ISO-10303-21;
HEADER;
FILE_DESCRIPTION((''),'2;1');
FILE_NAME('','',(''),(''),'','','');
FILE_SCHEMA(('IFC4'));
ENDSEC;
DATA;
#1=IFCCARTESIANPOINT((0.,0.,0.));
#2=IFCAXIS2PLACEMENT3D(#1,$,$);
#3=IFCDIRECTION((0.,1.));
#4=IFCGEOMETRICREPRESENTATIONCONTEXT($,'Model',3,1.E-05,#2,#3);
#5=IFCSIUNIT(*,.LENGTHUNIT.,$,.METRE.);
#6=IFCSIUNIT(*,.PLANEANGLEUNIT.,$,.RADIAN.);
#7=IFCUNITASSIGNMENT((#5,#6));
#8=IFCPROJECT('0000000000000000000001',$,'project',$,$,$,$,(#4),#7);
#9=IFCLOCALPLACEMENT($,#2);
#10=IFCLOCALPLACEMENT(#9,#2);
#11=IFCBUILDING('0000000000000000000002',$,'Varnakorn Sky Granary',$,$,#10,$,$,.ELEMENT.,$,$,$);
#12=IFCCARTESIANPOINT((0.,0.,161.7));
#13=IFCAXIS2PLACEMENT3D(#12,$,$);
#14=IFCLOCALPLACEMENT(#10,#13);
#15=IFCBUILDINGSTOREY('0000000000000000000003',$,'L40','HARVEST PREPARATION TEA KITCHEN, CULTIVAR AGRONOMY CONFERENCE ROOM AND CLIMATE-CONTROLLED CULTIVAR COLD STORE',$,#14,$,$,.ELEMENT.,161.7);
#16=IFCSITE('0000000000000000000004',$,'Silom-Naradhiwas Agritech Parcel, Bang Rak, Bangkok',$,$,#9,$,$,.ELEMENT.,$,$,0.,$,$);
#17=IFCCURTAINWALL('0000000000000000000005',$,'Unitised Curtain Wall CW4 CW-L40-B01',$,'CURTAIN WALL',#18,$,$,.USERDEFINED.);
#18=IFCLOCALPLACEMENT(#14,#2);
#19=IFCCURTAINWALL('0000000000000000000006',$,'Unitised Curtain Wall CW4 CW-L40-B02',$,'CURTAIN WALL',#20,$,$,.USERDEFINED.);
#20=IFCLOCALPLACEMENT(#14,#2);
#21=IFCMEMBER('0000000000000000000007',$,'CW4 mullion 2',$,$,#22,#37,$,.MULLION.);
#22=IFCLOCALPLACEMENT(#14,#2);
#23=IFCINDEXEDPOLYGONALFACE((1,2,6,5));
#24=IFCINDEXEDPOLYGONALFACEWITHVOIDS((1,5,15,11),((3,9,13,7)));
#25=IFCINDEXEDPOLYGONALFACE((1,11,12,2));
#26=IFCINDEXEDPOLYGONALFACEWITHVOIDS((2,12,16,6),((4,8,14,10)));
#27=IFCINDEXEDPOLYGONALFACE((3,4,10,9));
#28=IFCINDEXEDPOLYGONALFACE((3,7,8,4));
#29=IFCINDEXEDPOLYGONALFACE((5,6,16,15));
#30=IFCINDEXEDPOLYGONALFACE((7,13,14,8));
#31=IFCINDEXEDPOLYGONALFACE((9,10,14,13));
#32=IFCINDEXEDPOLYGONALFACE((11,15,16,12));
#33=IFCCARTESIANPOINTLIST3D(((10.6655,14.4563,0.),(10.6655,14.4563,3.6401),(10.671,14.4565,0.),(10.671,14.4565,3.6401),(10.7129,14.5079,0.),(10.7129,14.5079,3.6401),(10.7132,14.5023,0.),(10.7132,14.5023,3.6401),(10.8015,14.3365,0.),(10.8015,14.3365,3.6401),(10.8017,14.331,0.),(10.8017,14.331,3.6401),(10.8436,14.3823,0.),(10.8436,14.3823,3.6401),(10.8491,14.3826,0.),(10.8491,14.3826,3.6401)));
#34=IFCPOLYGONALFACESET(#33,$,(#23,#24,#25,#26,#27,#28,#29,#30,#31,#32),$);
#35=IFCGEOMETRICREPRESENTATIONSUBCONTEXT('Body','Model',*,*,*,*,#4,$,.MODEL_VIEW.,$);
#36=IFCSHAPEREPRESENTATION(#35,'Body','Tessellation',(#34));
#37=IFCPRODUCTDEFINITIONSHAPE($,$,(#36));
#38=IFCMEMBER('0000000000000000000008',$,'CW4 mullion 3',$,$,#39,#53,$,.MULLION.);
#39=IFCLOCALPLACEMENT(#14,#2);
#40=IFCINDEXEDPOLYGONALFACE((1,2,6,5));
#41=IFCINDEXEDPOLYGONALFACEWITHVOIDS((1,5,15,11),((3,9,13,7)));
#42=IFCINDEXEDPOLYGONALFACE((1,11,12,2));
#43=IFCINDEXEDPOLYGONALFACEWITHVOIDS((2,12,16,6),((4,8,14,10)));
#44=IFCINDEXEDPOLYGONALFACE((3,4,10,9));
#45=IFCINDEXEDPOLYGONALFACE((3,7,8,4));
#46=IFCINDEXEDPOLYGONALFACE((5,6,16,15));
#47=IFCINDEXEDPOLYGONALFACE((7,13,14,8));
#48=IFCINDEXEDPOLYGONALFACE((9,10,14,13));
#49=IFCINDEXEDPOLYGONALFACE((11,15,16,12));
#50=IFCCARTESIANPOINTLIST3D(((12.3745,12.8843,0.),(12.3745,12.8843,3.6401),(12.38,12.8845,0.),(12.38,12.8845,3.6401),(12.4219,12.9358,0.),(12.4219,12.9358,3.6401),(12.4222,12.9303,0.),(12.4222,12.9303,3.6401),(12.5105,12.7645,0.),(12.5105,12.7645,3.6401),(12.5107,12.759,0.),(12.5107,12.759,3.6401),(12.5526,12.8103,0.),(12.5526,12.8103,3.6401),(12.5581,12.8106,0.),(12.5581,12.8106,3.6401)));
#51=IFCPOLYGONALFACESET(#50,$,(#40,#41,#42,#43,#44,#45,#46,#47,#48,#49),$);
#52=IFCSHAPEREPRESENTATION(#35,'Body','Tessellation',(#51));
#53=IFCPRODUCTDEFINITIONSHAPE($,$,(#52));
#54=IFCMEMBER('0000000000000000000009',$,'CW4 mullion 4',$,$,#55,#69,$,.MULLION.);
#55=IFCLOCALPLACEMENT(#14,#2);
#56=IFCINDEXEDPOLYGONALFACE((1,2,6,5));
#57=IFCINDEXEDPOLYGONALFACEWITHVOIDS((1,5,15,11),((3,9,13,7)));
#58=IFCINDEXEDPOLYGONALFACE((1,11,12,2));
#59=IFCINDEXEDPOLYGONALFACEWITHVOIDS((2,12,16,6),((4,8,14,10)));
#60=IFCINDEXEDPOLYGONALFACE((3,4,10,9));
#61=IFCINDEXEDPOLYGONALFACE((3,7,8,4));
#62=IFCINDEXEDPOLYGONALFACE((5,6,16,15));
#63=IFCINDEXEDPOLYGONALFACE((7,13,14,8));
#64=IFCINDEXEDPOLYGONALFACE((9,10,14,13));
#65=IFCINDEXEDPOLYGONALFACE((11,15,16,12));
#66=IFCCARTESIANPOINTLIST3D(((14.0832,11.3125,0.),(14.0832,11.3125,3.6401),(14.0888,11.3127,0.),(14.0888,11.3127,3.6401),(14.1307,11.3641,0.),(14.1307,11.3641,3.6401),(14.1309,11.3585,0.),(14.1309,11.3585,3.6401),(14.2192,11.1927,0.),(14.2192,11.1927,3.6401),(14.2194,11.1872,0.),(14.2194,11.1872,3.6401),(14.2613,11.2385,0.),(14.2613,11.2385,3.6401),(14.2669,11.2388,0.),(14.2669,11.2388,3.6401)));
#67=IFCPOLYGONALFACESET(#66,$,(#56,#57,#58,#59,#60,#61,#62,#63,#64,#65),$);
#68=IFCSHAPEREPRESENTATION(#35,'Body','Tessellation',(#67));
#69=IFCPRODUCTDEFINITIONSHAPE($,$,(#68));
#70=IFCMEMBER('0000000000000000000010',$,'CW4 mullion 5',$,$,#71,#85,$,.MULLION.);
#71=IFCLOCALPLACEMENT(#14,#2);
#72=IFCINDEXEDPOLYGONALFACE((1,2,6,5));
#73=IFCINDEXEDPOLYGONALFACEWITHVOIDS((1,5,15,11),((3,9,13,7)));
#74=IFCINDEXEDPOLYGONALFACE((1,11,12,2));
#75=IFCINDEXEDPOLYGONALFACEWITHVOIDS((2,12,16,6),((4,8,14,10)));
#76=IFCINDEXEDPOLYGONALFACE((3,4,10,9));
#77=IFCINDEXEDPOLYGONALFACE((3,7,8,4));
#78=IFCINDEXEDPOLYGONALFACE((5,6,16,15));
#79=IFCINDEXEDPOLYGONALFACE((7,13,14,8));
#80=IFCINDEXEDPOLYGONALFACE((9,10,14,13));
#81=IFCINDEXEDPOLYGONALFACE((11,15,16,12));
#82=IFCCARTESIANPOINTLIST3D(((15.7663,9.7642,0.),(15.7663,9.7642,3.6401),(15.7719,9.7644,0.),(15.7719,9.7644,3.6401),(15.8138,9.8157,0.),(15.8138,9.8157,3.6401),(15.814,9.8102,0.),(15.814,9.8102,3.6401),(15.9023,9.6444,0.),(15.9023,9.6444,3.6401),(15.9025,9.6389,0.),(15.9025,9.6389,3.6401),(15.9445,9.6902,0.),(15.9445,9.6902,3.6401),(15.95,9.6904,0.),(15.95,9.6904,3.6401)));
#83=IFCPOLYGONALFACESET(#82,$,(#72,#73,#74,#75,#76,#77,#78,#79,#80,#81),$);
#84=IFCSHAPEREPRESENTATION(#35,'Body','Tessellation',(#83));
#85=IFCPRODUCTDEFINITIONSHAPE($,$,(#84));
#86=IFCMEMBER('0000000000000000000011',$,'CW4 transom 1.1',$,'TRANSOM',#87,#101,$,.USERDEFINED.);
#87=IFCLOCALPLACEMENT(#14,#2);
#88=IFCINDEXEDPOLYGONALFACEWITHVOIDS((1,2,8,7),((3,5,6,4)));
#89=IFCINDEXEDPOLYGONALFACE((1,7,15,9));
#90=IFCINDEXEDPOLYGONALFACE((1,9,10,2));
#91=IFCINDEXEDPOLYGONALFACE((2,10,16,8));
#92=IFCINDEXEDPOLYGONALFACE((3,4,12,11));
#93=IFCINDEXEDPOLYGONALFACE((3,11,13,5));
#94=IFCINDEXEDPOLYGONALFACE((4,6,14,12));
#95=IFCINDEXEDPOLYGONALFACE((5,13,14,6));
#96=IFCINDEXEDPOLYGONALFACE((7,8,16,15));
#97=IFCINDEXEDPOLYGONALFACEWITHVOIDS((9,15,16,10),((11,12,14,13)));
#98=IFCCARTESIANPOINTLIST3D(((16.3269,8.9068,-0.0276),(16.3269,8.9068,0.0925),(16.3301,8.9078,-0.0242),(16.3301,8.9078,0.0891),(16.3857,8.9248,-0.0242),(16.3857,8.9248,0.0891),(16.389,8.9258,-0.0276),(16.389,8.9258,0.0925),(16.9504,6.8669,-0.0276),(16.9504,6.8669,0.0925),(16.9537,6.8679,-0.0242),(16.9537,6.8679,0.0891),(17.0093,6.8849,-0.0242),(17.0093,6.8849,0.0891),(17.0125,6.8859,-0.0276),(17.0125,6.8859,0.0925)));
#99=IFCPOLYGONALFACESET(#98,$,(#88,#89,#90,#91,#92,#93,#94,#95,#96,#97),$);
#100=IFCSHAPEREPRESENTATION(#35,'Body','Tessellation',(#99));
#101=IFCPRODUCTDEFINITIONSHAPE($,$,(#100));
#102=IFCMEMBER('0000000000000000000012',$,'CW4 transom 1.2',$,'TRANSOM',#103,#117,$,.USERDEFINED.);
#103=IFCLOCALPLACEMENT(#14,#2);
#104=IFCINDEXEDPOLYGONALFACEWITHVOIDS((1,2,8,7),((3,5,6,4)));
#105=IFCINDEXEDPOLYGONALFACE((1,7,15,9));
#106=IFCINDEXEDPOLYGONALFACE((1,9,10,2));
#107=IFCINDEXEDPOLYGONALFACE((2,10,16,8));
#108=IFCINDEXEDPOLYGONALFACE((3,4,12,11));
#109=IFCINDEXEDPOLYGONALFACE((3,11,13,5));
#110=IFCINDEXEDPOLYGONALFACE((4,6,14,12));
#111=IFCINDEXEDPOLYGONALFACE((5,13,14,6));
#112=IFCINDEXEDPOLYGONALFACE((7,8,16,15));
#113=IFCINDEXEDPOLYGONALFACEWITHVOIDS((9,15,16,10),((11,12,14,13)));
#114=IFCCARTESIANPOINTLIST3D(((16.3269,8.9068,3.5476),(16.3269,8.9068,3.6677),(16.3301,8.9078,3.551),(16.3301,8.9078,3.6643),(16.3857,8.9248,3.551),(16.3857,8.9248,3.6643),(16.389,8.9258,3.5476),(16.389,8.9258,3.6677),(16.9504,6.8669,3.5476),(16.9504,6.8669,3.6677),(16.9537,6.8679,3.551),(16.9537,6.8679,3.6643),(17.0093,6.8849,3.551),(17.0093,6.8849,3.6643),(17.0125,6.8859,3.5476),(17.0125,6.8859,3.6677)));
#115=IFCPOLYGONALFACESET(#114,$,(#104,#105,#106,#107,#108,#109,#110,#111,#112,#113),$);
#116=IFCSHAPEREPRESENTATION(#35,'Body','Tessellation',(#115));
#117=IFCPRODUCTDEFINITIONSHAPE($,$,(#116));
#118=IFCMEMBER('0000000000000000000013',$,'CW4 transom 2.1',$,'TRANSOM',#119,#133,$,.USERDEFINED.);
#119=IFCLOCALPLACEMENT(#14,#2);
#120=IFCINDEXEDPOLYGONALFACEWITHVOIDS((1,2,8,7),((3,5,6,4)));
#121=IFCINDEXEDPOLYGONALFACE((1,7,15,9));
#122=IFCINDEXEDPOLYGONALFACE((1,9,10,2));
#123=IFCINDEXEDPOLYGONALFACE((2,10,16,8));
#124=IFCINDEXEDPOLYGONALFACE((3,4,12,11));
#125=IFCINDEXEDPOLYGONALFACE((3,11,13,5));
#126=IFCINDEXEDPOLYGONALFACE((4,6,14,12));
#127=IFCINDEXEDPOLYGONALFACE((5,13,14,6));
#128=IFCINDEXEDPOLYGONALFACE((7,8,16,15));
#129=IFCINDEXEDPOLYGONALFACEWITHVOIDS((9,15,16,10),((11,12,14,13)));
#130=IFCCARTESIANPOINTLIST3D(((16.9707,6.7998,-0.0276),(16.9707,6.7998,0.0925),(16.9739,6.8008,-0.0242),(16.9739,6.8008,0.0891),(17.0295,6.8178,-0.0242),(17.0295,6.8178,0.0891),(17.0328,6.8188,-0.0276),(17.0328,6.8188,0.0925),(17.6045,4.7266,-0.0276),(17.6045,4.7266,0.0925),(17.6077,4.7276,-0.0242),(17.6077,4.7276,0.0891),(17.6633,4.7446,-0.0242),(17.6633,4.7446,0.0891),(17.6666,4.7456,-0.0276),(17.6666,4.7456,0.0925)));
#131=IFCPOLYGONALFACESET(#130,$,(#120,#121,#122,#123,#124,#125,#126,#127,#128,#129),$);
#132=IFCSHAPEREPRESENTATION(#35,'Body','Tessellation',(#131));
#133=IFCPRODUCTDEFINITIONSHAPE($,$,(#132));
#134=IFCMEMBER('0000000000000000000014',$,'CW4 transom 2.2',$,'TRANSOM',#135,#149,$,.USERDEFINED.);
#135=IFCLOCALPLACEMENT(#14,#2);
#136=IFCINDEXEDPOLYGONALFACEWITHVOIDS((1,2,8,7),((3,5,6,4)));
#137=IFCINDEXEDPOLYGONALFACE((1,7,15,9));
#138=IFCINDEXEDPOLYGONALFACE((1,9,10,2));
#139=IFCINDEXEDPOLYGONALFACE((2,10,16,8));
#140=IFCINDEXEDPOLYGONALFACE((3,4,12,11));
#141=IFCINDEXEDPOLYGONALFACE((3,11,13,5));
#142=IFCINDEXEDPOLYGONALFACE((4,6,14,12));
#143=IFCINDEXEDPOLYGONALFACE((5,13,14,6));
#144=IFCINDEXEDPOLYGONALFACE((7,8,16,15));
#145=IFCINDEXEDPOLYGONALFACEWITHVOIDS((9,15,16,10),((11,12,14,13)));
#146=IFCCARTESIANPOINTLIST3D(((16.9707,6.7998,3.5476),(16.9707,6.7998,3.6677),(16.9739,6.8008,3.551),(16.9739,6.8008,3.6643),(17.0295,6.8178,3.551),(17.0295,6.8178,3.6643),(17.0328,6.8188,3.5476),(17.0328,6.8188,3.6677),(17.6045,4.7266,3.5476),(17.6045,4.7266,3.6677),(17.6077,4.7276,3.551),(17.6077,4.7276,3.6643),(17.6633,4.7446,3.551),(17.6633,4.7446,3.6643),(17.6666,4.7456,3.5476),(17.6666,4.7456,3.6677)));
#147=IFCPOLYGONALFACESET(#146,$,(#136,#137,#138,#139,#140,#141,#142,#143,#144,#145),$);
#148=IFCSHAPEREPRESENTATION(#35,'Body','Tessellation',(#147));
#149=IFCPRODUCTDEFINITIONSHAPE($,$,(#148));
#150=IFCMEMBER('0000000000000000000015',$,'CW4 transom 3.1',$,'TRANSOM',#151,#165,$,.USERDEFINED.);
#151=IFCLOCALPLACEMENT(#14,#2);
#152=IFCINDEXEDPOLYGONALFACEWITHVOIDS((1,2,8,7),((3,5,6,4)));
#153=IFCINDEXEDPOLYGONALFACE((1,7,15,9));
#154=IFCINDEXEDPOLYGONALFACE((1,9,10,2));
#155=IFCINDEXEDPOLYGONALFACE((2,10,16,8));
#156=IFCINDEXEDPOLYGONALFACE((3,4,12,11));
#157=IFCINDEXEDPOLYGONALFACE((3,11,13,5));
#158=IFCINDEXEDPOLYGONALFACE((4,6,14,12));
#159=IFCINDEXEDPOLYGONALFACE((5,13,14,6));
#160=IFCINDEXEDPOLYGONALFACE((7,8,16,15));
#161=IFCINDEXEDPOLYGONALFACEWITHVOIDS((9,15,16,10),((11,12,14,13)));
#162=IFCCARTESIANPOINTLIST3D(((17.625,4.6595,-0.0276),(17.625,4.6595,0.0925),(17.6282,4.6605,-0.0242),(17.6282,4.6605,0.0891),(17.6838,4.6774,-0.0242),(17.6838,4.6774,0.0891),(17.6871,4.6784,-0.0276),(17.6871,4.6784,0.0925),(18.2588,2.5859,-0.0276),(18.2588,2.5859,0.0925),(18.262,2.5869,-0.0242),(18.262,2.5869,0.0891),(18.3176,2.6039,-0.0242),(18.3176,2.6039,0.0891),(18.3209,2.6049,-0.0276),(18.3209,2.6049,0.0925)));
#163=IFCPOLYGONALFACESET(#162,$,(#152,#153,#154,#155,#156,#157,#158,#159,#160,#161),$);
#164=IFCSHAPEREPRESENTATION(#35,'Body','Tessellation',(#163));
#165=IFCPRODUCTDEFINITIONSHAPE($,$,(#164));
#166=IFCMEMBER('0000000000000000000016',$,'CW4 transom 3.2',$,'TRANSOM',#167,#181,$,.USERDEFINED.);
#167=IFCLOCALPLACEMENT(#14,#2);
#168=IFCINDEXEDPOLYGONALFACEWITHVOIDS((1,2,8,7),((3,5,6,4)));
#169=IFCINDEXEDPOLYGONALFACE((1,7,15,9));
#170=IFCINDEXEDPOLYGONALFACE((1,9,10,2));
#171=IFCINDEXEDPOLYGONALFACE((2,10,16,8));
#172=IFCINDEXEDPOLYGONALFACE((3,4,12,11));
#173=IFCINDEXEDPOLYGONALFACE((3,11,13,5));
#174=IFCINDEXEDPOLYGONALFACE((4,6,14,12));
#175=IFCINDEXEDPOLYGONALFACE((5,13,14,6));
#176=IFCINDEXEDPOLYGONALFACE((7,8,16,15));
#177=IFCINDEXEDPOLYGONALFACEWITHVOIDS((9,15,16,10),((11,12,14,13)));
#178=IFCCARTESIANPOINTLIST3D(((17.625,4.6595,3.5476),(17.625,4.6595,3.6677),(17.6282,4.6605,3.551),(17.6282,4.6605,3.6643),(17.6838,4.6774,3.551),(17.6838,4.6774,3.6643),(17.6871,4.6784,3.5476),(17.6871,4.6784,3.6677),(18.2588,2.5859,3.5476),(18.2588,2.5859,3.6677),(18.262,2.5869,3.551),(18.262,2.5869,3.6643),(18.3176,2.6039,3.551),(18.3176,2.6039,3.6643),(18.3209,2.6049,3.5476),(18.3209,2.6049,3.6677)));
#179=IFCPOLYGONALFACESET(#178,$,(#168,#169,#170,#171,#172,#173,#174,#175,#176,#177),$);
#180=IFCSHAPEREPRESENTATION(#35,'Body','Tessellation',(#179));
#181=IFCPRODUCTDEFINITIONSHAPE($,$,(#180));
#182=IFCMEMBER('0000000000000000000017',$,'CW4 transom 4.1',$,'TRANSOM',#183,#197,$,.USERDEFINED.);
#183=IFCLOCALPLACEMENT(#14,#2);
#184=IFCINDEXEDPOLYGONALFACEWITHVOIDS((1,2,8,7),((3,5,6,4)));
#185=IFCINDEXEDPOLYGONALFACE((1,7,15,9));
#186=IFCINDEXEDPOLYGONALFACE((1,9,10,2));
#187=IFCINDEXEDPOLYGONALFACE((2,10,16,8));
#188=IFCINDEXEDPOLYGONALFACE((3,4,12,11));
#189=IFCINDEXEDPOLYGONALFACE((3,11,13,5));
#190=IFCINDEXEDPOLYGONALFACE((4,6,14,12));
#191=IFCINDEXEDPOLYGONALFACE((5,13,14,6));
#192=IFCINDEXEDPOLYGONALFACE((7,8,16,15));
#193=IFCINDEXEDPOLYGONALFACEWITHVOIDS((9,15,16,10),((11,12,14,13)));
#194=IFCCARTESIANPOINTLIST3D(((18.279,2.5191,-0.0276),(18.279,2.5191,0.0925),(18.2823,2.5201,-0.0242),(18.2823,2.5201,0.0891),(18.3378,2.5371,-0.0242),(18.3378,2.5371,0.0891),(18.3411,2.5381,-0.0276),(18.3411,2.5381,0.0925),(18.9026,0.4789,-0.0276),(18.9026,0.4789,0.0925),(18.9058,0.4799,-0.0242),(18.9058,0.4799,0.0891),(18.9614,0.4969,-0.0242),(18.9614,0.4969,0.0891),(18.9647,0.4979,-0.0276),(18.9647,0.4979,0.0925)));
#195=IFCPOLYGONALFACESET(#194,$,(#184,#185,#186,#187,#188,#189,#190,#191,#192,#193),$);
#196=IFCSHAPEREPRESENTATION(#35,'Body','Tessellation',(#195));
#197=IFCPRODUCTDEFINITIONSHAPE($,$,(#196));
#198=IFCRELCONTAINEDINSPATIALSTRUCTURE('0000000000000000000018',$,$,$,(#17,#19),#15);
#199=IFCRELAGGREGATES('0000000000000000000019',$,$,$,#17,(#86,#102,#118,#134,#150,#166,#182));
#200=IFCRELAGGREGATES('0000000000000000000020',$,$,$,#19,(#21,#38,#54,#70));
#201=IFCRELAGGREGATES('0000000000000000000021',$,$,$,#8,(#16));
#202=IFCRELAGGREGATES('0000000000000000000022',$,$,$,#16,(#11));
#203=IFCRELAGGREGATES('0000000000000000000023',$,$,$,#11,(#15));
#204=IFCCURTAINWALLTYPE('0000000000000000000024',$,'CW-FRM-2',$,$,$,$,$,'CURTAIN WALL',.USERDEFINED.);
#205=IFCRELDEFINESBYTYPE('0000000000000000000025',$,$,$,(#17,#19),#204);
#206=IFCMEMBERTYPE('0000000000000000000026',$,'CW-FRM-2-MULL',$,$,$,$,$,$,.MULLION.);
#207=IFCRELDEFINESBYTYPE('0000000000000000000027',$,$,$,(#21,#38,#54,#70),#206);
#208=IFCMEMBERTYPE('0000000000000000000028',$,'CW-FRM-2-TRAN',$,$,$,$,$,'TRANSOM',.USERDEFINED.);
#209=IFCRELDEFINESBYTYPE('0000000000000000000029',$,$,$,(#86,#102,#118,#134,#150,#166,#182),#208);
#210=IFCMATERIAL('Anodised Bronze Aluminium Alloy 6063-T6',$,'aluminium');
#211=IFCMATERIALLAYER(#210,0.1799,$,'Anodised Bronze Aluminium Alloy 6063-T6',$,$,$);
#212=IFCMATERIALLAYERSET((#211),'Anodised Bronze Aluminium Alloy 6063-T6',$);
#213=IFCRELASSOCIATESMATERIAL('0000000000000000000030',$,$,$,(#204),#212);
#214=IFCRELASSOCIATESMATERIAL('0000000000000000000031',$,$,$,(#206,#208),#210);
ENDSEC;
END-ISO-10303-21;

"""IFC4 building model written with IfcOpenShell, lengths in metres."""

from ifc_helpers import new_model, si_unit, direction, frame, origin, origin_2d, place, context, subcontext, project, spatial, hollow_rectangle, extrude, material, layer, layer_set, material_profile, profile_set, type_object, element, aggregate, save


model = new_model("IFC4")

# Units and contexts
model_context = context("Model", 3, precision=1e-05, world=origin(), true_north=direction((0.0, 1.0)))
body_context = subcontext(model_context, "Body", "Model", "MODEL_VIEW")
ifc_project = project(units=[si_unit("LENGTHUNIT", "METRE"), si_unit("PLANEANGLEUNIT", "RADIAN")], contexts=[model_context])

# Site, building, storey
site_placement = place(None, origin())
site = spatial("IfcSite", under=ifc_project, at=site_placement, Name="Silom-Naradhiwas Agritech Parcel, Bang Rak, Bangkok", CompositionType="ELEMENT", RefElevation=0.0)
building_placement = place(site_placement, origin())
building = spatial("IfcBuilding", under=site, at=building_placement, Name="Varnakorn Sky Granary", CompositionType="ELEMENT")
storey_placement = place(building_placement, frame((0.0, 0.0, 161.7)))
storey = spatial("IfcBuildingStorey", under=building, at=storey_placement, Name="L40", Description="HARVEST PREPARATION TEA KITCHEN, CULTIVAR AGRONOMY CONFERENCE ROOM AND CLIMATE-CONTROLLED CULTIVAR COLD STORE", CompositionType="ELEMENT", Elevation=161.7)

# Curtain walls, members
ifc_material_1 = material(Name="Anodised Bronze Aluminium Alloy 6063-T6", Category="aluminium")
ifc_layer_1 = layer(ifc_material_1, 0.1799, Name="Anodised Bronze Aluminium Alloy 6063-T6")
ifc_layer_set_1 = layer_set([ifc_layer_1], Name="Anodised Bronze Aluminium Alloy 6063-T6")
curtain_wall_type = type_object("IfcCurtainWallType", Name="CW-FRM-2", ElementType="CURTAIN WALL", PredefinedType="USERDEFINED", material=ifc_layer_set_1)
curtain_wall_1_placement = place(storey_placement, origin())
curtain_wall_1 = element("IfcCurtainWall", 1, at=curtain_wall_1_placement, inside=storey, type_object=curtain_wall_type, Name="Unitised Curtain Wall CW4 CW-L40-B01", ObjectType="CURTAIN WALL", PredefinedType="USERDEFINED")
ifc_material_profile_1 = material_profile(ifc_material_1, hollow_rectangle(XDim=0.0701, YDim=0.1851, WallThickness=0.0039, at=origin_2d()), Name="ALU MULL 70x185")
ifc_profile_set_1 = profile_set([ifc_material_profile_1], Name="Anodised Bronze Aluminium Alloy 6063-T6")
member_type_1 = type_object("IfcMemberType", Name="CW-FRM-2-MULL", PredefinedType="MULLION", material=ifc_profile_set_1)
curtain_wall_2_placement = place(storey_placement, origin())
curtain_wall_2 = element("IfcCurtainWall", 2, at=curtain_wall_2_placement, inside=storey, type_object=curtain_wall_type, Name="Unitised Curtain Wall CW4 CW-L40-B02", ObjectType="CURTAIN WALL", PredefinedType="USERDEFINED")
member_1_placement = place(storey_placement, frame((10.7573, 14.4194, 0.0), z_axis=(0.0, 0.0, 1.0), x_axis=(0.677011, 0.735973, 0.0)))
member_1 = element("IfcMember", 3, at=member_1_placement, type_object=member_type_1, Name="CW4 mullion 2", PredefinedType="MULLION", context=body_context, shape_type="SweptSolid", body=[
    extrude(hollow_rectangle(XDim=0.0701, YDim=0.1851, WallThickness=0.0039, at=origin_2d()), origin(), (0.0, 0.0, 1.0), 3.6401),
])
member_2_placement = place(storey_placement, frame((12.4663, 12.8474, 0.0), z_axis=(0.0, 0.0, 1.0), x_axis=(0.677011, 0.735973, 0.0)))
member_2 = element("IfcMember", 4, at=member_2_placement, type_object=member_type_1, Name="CW4 mullion 3", PredefinedType="MULLION", context=body_context, shape_type="SweptSolid", body=[
    extrude(hollow_rectangle(XDim=0.0701, YDim=0.1851, WallThickness=0.0039, at=origin_2d()), origin(), (0.0, 0.0, 1.0), 3.6401),
])
member_3_placement = place(storey_placement, frame((14.175, 11.2756, 0.0), z_axis=(0.0, 0.0, 1.0), x_axis=(0.677011, 0.735973, 0.0)))
member_3 = element("IfcMember", 5, at=member_3_placement, type_object=member_type_1, Name="CW4 mullion 4", PredefinedType="MULLION", context=body_context, shape_type="SweptSolid", body=[
    extrude(hollow_rectangle(XDim=0.0701, YDim=0.1851, WallThickness=0.0039, at=origin_2d()), origin(), (0.0, 0.0, 1.0), 3.6401),
])
member_4_placement = place(storey_placement, frame((15.8582, 9.7273, 0.0), z_axis=(0.0, 0.0, 1.0), x_axis=(0.677011, 0.735973, 0.0)))
member_4 = element("IfcMember", 6, at=member_4_placement, type_object=member_type_1, Name="CW4 mullion 5", PredefinedType="MULLION", context=body_context, shape_type="SweptSolid", body=[
    extrude(hollow_rectangle(XDim=0.0701, YDim=0.1851, WallThickness=0.0039, at=origin_2d()), origin(), (0.0, 0.0, 1.0), 3.6401),
])

# Members
ifc_material_profile_2 = material_profile(ifc_material_1, hollow_rectangle(XDim=0.0649, YDim=0.1201, WallThickness=0.0034, at=origin_2d()), Name="ALU TRAN 65x120")
ifc_profile_set_2 = profile_set([ifc_material_profile_2], Name="Anodised Bronze Aluminium Alloy 6063-T6")
member_type_2 = type_object("IfcMemberType", Name="CW-FRM-2-TRAN", ElementType="TRANSOM", PredefinedType="USERDEFINED", material=ifc_profile_set_2)
member_5_placement = place(storey_placement, frame((16.3579, 8.9163, 0.0325), z_axis=(0.292332, -0.956317, 0.0), x_axis=(0.956317, 0.292332, 0.0)))
member_5 = element("IfcMember", 7, at=member_5_placement, type_object=member_type_2, Name="CW4 transom 1.1", ObjectType="TRANSOM", PredefinedType="USERDEFINED", context=body_context, shape_type="SweptSolid", body=[
    extrude(hollow_rectangle(XDim=0.0649, YDim=0.1201, WallThickness=0.0034, at=origin_2d()), origin(), (0.0, 0.0, 1.0), 2.1331),
])
member_6_placement = place(storey_placement, frame((16.3579, 8.9163, 3.6077), z_axis=(0.292332, -0.956317, 0.0), x_axis=(0.956317, 0.292332, 0.0)))
member_6 = element("IfcMember", 8, at=member_6_placement, type_object=member_type_2, Name="CW4 transom 1.2", ObjectType="TRANSOM", PredefinedType="USERDEFINED", context=body_context, shape_type="SweptSolid", body=[
    extrude(hollow_rectangle(XDim=0.0649, YDim=0.1201, WallThickness=0.0034, at=origin_2d()), origin(), (0.0, 0.0, 1.0), 2.1331),
])
member_7_placement = place(storey_placement, frame((17.0017, 6.8093, 0.0325), z_axis=(0.292344, -0.956313, 0.0), x_axis=(0.956313, 0.292344, 0.0)))
member_7 = element("IfcMember", 9, at=member_7_placement, type_object=member_type_2, Name="CW4 transom 2.1", ObjectType="TRANSOM", PredefinedType="USERDEFINED", context=body_context, shape_type="SweptSolid", body=[
    extrude(hollow_rectangle(XDim=0.0649, YDim=0.1201, WallThickness=0.0034, at=origin_2d()), origin(), (0.0, 0.0, 1.0), 2.168),
])
member_8_placement = place(storey_placement, frame((17.0017, 6.8093, 3.6077), z_axis=(0.292344, -0.956313, 0.0), x_axis=(0.956313, 0.292344, 0.0)))
member_8 = element("IfcMember", 10, at=member_8_placement, type_object=member_type_2, Name="CW4 transom 2.2", ObjectType="TRANSOM", PredefinedType="USERDEFINED", context=body_context, shape_type="SweptSolid", body=[
    extrude(hollow_rectangle(XDim=0.0649, YDim=0.1201, WallThickness=0.0034, at=origin_2d()), origin(), (0.0, 0.0, 1.0), 2.168),
])
member_9_placement = place(storey_placement, frame((17.656, 4.6689, 0.0325), z_axis=(0.292313, -0.956323, 0.0), x_axis=(0.956323, 0.292313, 0.0)))
member_9 = element("IfcMember", 11, at=member_9_placement, type_object=member_type_2, Name="CW4 transom 3.1", ObjectType="TRANSOM", PredefinedType="USERDEFINED", context=body_context, shape_type="SweptSolid", body=[
    extrude(hollow_rectangle(XDim=0.0649, YDim=0.1201, WallThickness=0.0034, at=origin_2d()), origin(), (0.0, 0.0, 1.0), 2.1682),
])
member_10_placement = place(storey_placement, frame((17.656, 4.6689, 3.6077), z_axis=(0.292313, -0.956323, 0.0), x_axis=(0.956323, 0.292313, 0.0)))
member_10 = element("IfcMember", 12, at=member_10_placement, type_object=member_type_2, Name="CW4 transom 3.2", ObjectType="TRANSOM", PredefinedType="USERDEFINED", context=body_context, shape_type="SweptSolid", body=[
    extrude(hollow_rectangle(XDim=0.0649, YDim=0.1201, WallThickness=0.0034, at=origin_2d()), origin(), (0.0, 0.0, 1.0), 2.1682),
])
member_11_placement = place(storey_placement, frame((18.3101, 2.5286, 0.0325), z_axis=(0.2923, -0.956327, 0.0), x_axis=(0.956327, 0.2923, 0.0)))
member_11 = element("IfcMember", 13, at=member_11_placement, type_object=member_type_2, Name="CW4 transom 4.1", ObjectType="TRANSOM", PredefinedType="USERDEFINED", context=body_context, shape_type="SweptSolid", body=[
    extrude(hollow_rectangle(XDim=0.0649, YDim=0.1201, WallThickness=0.0034, at=origin_2d()), origin(), (0.0, 0.0, 1.0), 2.1333),
])

aggregate(curtain_wall_1, [member_5, member_6, member_7, member_8, member_9, member_10, member_11])
aggregate(curtain_wall_2, [member_1, member_2, member_3, member_4])

save(model, "model.ifc")
